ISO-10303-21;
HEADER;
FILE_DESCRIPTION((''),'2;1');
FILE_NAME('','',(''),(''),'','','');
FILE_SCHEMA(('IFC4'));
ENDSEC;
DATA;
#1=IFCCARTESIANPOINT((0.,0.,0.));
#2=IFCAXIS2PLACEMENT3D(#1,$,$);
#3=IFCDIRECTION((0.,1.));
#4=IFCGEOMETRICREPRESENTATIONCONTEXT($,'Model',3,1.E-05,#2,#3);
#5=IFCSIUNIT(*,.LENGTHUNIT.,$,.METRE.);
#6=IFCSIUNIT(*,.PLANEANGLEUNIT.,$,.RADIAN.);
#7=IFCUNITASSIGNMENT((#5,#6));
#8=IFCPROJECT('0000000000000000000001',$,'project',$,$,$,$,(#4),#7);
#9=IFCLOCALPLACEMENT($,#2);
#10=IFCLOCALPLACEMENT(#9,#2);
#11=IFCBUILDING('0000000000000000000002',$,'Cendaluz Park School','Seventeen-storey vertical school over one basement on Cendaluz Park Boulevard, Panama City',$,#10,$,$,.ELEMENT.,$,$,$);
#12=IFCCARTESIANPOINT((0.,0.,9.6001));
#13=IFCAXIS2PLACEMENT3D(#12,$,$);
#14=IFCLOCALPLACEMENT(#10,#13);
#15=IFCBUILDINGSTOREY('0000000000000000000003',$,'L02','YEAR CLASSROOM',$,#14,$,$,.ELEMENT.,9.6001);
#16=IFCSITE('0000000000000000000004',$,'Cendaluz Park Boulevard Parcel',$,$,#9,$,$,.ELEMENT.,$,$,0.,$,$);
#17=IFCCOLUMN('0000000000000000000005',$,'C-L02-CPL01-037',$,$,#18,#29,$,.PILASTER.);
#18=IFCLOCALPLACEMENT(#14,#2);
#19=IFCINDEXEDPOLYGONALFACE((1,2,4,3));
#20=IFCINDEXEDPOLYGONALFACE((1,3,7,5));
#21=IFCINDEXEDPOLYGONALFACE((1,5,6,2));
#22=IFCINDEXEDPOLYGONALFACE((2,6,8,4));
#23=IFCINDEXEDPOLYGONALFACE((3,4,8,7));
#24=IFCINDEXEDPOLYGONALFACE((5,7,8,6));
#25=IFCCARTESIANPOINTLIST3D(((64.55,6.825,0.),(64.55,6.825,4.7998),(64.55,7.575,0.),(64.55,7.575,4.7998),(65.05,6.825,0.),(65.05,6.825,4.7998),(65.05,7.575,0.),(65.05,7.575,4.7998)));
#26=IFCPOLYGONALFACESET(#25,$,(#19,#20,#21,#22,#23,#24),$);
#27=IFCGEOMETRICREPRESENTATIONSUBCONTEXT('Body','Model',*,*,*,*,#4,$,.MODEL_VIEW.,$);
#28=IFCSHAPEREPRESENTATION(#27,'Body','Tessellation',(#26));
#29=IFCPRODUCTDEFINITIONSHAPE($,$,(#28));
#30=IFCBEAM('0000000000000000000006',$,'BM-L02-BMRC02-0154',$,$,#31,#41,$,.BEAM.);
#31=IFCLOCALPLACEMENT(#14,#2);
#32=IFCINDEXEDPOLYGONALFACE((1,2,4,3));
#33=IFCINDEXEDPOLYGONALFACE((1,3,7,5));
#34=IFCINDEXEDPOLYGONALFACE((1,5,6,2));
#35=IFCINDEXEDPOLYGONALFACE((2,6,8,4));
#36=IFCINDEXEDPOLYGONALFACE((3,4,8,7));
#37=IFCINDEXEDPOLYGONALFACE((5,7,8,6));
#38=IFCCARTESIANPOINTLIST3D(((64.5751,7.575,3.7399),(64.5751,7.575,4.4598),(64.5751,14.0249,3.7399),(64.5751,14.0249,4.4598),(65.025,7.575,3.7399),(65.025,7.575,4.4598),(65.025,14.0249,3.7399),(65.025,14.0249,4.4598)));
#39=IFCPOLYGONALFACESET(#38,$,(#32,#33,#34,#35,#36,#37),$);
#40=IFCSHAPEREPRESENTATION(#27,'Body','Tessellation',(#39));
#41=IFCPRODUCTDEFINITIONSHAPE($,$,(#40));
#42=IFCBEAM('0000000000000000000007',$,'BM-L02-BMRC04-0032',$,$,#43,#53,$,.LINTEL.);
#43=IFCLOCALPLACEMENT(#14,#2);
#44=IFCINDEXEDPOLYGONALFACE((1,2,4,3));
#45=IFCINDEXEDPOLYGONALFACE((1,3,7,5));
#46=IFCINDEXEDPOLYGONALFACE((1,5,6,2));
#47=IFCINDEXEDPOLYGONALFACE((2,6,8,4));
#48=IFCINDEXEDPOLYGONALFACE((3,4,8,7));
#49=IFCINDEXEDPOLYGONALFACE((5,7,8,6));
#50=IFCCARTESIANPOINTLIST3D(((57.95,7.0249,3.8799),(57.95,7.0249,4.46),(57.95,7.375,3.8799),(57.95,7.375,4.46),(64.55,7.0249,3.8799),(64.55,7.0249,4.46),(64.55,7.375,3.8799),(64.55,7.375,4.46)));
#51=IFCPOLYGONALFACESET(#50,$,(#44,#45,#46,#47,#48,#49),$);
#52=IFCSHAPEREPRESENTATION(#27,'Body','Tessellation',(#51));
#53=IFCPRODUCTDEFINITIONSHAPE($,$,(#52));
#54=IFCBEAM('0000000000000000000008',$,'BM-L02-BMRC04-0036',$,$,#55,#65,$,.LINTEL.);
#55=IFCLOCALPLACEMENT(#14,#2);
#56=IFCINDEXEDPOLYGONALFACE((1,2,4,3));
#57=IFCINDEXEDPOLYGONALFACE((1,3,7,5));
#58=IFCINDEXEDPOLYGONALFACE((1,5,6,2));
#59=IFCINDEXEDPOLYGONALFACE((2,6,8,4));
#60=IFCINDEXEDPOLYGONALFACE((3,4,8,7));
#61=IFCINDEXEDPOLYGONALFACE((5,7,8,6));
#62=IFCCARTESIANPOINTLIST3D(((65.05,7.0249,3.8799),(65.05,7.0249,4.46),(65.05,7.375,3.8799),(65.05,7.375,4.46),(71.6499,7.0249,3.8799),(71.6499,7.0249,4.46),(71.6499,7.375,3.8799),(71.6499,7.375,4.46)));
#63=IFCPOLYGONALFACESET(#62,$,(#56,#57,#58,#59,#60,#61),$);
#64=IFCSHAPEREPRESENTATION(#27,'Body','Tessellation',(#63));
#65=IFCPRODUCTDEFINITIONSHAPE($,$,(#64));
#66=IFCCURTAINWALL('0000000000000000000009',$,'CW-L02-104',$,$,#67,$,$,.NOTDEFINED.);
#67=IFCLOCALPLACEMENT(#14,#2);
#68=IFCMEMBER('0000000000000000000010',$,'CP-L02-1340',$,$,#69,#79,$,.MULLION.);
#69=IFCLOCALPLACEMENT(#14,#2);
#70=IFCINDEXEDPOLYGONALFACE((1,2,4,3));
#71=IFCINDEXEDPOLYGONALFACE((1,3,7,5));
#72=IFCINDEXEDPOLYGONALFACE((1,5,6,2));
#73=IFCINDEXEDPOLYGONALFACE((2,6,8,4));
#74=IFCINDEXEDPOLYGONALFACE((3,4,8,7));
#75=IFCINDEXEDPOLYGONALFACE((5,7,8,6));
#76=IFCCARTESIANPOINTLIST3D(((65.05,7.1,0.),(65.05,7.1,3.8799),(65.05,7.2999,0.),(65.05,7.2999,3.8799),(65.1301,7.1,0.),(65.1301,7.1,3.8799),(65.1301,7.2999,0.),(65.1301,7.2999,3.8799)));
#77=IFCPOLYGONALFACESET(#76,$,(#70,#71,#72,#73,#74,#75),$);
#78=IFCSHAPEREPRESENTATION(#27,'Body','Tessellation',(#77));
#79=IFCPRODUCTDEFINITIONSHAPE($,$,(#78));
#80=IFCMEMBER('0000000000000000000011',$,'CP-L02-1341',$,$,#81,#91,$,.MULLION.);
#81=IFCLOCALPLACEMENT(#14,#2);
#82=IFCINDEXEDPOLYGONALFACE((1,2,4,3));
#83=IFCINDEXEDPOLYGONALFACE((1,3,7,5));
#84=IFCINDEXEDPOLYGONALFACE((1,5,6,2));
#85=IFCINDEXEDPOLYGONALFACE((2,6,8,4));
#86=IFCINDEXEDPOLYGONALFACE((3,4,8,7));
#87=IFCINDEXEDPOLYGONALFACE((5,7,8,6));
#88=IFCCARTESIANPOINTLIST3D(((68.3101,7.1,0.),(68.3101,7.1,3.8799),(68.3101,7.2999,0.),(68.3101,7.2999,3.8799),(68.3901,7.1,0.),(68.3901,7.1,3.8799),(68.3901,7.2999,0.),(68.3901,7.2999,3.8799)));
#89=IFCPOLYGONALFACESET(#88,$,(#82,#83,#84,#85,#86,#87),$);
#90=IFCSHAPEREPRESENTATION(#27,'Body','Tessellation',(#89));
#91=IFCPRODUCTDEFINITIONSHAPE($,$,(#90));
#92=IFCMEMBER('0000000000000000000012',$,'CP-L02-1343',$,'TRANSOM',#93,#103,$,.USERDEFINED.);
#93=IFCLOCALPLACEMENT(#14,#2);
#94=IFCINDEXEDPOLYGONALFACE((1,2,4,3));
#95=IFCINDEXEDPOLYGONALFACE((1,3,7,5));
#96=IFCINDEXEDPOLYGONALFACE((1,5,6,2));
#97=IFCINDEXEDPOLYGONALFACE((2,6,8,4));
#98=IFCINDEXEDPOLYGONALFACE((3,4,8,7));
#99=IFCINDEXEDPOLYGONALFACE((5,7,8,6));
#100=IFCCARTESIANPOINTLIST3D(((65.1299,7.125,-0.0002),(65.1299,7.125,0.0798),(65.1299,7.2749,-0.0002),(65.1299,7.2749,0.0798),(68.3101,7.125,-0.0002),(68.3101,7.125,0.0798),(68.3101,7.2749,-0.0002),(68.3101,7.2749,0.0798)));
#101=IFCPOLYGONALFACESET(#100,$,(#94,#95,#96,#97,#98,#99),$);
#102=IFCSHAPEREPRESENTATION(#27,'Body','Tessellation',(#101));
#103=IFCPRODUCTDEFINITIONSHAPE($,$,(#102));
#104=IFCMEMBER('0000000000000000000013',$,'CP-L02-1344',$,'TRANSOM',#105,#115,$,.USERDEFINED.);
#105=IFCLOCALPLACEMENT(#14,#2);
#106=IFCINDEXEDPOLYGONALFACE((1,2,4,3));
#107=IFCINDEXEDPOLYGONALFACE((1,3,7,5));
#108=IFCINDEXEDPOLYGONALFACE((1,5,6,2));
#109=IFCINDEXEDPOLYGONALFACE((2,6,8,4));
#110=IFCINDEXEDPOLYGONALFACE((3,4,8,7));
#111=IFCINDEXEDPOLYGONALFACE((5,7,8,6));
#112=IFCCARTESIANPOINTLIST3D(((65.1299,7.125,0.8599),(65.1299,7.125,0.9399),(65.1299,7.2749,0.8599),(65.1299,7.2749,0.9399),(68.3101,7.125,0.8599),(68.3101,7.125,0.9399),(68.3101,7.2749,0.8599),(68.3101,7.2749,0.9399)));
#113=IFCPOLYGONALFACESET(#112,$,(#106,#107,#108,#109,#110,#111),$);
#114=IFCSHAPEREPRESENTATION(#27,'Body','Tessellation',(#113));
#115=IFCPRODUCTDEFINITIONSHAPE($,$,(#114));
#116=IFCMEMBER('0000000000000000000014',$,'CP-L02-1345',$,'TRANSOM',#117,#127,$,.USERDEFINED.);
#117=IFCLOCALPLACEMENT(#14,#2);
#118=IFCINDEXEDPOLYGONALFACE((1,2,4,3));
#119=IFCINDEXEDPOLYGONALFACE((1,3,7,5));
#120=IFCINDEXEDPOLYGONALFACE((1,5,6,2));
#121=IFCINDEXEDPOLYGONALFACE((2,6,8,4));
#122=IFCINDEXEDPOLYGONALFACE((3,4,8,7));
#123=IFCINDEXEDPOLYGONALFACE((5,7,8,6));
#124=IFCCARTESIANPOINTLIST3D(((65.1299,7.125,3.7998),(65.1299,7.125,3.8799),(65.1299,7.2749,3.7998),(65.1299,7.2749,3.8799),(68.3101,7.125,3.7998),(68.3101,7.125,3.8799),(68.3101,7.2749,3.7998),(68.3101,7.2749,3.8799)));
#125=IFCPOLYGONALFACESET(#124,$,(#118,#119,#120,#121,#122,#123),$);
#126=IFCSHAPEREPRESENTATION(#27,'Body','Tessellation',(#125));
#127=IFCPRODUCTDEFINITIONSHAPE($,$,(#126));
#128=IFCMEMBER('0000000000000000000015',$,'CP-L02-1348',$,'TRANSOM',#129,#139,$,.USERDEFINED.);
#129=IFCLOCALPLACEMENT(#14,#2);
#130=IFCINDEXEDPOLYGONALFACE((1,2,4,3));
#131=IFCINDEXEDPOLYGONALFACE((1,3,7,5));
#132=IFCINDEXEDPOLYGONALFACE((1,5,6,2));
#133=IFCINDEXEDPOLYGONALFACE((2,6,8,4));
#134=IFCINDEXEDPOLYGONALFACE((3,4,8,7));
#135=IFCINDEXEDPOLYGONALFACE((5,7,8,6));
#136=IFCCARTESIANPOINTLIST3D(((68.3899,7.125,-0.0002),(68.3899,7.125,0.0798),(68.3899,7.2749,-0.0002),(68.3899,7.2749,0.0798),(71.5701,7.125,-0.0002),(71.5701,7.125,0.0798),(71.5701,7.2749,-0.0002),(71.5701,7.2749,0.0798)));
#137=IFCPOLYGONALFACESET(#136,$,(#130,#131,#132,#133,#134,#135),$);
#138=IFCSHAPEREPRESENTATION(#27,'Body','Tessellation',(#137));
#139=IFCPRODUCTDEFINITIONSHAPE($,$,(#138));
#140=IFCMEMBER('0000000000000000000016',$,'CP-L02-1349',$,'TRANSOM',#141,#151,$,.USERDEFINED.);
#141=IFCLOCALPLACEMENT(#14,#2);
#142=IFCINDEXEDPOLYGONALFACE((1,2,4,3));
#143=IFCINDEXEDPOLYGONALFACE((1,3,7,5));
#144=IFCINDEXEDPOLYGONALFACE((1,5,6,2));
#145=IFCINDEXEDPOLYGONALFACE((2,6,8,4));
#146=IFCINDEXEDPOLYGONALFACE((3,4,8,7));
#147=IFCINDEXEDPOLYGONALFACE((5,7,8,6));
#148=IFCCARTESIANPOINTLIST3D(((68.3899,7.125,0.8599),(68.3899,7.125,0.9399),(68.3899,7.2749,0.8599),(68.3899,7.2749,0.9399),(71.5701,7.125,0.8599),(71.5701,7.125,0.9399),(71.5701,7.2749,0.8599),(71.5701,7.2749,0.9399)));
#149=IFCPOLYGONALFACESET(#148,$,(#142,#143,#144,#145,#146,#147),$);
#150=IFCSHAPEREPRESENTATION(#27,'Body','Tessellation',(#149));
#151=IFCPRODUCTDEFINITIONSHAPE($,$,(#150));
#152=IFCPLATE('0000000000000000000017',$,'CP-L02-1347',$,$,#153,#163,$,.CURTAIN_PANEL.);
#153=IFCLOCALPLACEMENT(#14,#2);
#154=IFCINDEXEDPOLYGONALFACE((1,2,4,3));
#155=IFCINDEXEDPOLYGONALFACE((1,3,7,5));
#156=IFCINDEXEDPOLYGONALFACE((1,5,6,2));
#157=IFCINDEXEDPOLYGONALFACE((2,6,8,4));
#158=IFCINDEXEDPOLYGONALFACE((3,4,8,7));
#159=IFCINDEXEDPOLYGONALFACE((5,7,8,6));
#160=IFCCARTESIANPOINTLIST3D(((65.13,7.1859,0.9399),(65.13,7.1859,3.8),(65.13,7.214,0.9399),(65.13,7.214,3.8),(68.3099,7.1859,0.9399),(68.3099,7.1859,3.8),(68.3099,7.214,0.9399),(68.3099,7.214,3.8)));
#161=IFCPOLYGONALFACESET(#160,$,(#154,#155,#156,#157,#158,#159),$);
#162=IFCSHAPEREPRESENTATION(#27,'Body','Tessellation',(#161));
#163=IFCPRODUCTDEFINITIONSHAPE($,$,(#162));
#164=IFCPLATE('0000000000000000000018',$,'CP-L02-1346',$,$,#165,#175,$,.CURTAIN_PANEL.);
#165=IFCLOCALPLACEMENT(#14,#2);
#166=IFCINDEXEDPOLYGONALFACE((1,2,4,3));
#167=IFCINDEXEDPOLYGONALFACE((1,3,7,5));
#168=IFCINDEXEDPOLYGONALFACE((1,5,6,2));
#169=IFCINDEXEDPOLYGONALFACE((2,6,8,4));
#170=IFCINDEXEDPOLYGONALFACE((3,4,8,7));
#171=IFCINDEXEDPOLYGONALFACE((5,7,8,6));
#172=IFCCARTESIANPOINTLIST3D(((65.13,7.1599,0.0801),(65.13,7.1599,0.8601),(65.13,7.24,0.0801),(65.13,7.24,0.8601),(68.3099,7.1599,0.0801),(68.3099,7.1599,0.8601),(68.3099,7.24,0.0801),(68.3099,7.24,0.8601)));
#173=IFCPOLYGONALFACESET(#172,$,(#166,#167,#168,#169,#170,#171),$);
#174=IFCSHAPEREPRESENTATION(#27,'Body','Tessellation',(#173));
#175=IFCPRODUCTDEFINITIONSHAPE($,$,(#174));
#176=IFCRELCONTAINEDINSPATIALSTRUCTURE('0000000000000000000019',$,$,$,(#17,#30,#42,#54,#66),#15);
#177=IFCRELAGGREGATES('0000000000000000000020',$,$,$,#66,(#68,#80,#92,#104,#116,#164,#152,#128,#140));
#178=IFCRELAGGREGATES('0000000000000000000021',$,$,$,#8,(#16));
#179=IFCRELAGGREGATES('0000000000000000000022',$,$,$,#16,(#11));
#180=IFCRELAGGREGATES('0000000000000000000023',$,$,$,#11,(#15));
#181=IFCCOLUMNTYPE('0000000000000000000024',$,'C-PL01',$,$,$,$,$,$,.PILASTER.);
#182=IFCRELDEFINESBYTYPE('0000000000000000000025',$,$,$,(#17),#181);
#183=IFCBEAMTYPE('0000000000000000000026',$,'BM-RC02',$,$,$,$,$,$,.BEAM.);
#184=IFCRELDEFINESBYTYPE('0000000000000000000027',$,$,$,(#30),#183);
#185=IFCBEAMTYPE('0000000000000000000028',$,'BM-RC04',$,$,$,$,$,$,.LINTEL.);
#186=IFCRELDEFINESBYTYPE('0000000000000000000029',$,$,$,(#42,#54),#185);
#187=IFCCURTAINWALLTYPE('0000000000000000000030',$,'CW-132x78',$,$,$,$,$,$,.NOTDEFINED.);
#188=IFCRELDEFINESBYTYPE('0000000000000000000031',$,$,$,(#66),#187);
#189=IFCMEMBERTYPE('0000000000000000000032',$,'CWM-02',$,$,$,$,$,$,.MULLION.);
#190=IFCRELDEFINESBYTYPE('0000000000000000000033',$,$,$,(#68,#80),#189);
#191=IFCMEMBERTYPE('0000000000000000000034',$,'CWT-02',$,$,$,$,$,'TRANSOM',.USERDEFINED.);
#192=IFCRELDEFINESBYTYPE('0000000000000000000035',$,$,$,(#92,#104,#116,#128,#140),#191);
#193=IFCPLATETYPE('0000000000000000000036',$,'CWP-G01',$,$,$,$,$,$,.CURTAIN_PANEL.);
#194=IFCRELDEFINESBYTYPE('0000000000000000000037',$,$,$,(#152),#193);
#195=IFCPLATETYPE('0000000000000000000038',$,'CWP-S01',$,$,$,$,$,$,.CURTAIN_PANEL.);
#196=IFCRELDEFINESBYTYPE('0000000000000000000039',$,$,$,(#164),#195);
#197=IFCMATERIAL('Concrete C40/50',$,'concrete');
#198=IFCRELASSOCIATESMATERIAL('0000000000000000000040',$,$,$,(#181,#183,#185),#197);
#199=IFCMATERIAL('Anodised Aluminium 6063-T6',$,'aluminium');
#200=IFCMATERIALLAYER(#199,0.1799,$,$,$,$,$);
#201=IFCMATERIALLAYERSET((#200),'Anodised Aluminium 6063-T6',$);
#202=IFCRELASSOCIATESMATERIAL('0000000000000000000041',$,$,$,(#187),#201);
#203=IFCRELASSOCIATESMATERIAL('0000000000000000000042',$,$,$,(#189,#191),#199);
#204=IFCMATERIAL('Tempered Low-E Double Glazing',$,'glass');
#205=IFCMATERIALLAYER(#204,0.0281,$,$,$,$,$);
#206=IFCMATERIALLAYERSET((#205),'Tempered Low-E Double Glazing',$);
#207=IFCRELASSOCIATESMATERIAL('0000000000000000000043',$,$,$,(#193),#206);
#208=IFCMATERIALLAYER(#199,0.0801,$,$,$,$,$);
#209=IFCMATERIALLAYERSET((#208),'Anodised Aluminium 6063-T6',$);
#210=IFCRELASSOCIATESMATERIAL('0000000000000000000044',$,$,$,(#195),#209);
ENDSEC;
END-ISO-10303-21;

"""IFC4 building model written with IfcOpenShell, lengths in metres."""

from ifc_helpers import new_model, si_unit, direction, frame, origin, origin_2d, place, context, subcontext, project, spatial, rectangle, extrude, material, layer, layer_set, material_profile, profile_set, type_object, element, aggregate, save


model = new_model("IFC4")

# Units and contexts
model_context = context("Model", 3, precision=1e-05, world=origin(), true_north=direction((0.0, 1.0)))
body_context = subcontext(model_context, "Body", "Model", "MODEL_VIEW")
ifc_project = project(units=[si_unit("LENGTHUNIT", "METRE"), si_unit("PLANEANGLEUNIT", "RADIAN")], contexts=[model_context])

# Site, building, storey
site_placement = place(None, origin())
site = spatial("IfcSite", under=ifc_project, at=site_placement, Name="Cendaluz Park Boulevard Parcel", CompositionType="ELEMENT", RefElevation=0.0)
building_placement = place(site_placement, origin())
building = spatial("IfcBuilding", under=site, at=building_placement, Name="Cendaluz Park School", Description="Seventeen-storey vertical school over one basement on Cendaluz Park Boulevard, Panama City", CompositionType="ELEMENT")
storey_placement = place(building_placement, frame((0.0, 0.0, 9.6001)))
storey = spatial("IfcBuildingStorey", under=building, at=storey_placement, Name="L02", Description="YEAR CLASSROOM", CompositionType="ELEMENT", Elevation=9.6001)

# Column
ifc_material_1 = material(Name="Concrete C40/50", Category="concrete")
ifc_material_profile_1 = material_profile(ifc_material_1, rectangle(XDim=0.5, YDim=0.75, at=origin_2d()), Name="RC 500x750", Category="concrete")
ifc_profile_set_1 = profile_set([ifc_material_profile_1], Name="Concrete C40/50")
column_type = type_object("IfcColumnType", Name="C-PL01", PredefinedType="PILASTER", material=ifc_profile_set_1)
column_placement = place(storey_placement, frame((64.8, 7.2, 0.0), z_axis=(0.0, 0.0, 1.0), x_axis=(1.0, 0.0, 0.0)))
element("IfcColumn", 1, at=column_placement, inside=storey, type_object=column_type, Name="C-L02-CPL01-037", PredefinedType="PILASTER", context=body_context, shape_type="SweptSolid", body=[
    extrude(rectangle(XDim=0.5, YDim=0.75, at=origin_2d()), origin(), (0.0, 0.0, 1.0), 4.7998),
])

# Beams
ifc_material_profile_2 = material_profile(ifc_material_1, rectangle(XDim=0.45, YDim=0.72, at=origin_2d()), Name="RC 450x720", Category="concrete")
ifc_profile_set_2 = profile_set([ifc_material_profile_2], Name="Concrete C40/50")
beam_type_1 = type_object("IfcBeamType", Name="BM-RC02", PredefinedType="BEAM", material=ifc_profile_set_2)
beam_1_placement = place(storey_placement, frame((64.8, 7.575, 4.0999), z_axis=(0.0, 1.0, 0.0), x_axis=(-1.0, 0.0, 0.0)))
element("IfcBeam", 2, at=beam_1_placement, inside=storey, type_object=beam_type_1, Name="BM-L02-BMRC02-0154", PredefinedType="BEAM", context=body_context, shape_type="SweptSolid", body=[
    extrude(rectangle(XDim=0.45, YDim=0.72, at=origin_2d()), origin(), (0.0, 0.0, 1.0), 6.45),
])
ifc_material_profile_3 = material_profile(ifc_material_1, rectangle(XDim=0.3501, YDim=0.5801, at=origin_2d()), Name="RC 350x580", Category="concrete")
ifc_profile_set_3 = profile_set([ifc_material_profile_3], Name="Concrete C40/50")
beam_type_2 = type_object("IfcBeamType", Name="BM-RC04", PredefinedType="LINTEL", material=ifc_profile_set_3)
beam_2_placement = place(storey_placement, frame((57.95, 7.2, 4.1699), z_axis=(1.0, 0.0, 0.0), x_axis=(0.0, 1.0, 0.0)))
element("IfcBeam", 3, at=beam_2_placement, inside=storey, type_object=beam_type_2, Name="BM-L02-BMRC04-0032", PredefinedType="LINTEL", context=body_context, shape_type="SweptSolid", body=[
    extrude(rectangle(XDim=0.3501, YDim=0.5801, at=origin_2d()), origin(), (0.0, 0.0, 1.0), 6.6001),
])
beam_3_placement = place(storey_placement, frame((65.05, 7.2, 4.1699), z_axis=(1.0, 0.0, 0.0), x_axis=(0.0, 1.0, 0.0)))
element("IfcBeam", 4, at=beam_3_placement, inside=storey, type_object=beam_type_2, Name="BM-L02-BMRC04-0036", PredefinedType="LINTEL", context=body_context, shape_type="SweptSolid", body=[
    extrude(rectangle(XDim=0.3501, YDim=0.5801, at=origin_2d()), origin(), (0.0, 0.0, 1.0), 6.5999),
])

# Curtain wall, members, plates
ifc_material_2 = material(Name="Anodised Aluminium 6063-T6", Category="aluminium")
ifc_layer_1 = layer(ifc_material_2, 0.1799)
ifc_layer_set_1 = layer_set([ifc_layer_1], Name="Anodised Aluminium 6063-T6")
curtain_wall_type = type_object("IfcCurtainWallType", Name="CW-132x78", PredefinedType="NOTDEFINED", material=ifc_layer_set_1)
curtain_wall_placement = place(storey_placement, origin())
curtain_wall = element("IfcCurtainWall", 5, at=curtain_wall_placement, inside=storey, type_object=curtain_wall_type, Name="CW-L02-104", PredefinedType="NOTDEFINED")
ifc_material_profile_4 = material_profile(ifc_material_2, rectangle(XDim=0.2, YDim=0.0801, at=origin_2d()), Name="CWM 200x80", Category="aluminium")
ifc_profile_set_4 = profile_set([ifc_material_profile_4], Name="Anodised Aluminium 6063-T6")
member_type_1 = type_object("IfcMemberType", Name="CWM-02", PredefinedType="MULLION", material=ifc_profile_set_4)
member_1_placement = place(storey_placement, frame((65.0901, 7.2, 0.0), z_axis=(0.0, 0.0, 1.0), x_axis=(0.0, 1.0, 0.0)))
member_1 = element("IfcMember", 6, at=member_1_placement, type_object=member_type_1, Name="CP-L02-1340", PredefinedType="MULLION", context=body_context, shape_type="SweptSolid", body=[
    extrude(rectangle(XDim=0.2, YDim=0.0801, at=origin_2d()), origin(), (0.0, 0.0, 1.0), 3.8799),
])
member_2_placement = place(storey_placement, frame((68.3501, 7.2, 0.0), z_axis=(0.0, 0.0, 1.0), x_axis=(0.0, 1.0, 0.0)))
member_2 = element("IfcMember", 7, at=member_2_placement, type_object=member_type_1, Name="CP-L02-1341", PredefinedType="MULLION", context=body_context, shape_type="SweptSolid", body=[
    extrude(rectangle(XDim=0.2, YDim=0.0801, at=origin_2d()), origin(), (0.0, 0.0, 1.0), 3.8799),
])
ifc_material_profile_5 = material_profile(ifc_material_2, rectangle(XDim=0.1499, YDim=0.0801, at=origin_2d()), Name="CWT 150x80", Category="aluminium")
ifc_profile_set_5 = profile_set([ifc_material_profile_5], Name="Anodised Aluminium 6063-T6")
member_type_2 = type_object("IfcMemberType", Name="CWT-02", ElementType="TRANSOM", PredefinedType="USERDEFINED", material=ifc_profile_set_5)
member_3_placement = place(storey_placement, frame((65.1299, 7.2, 0.0398), z_axis=(1.0, 0.0, 0.0), x_axis=(0.0, 1.0, 0.0)))
member_3 = element("IfcMember", 8, at=member_3_placement, type_object=member_type_2, Name="CP-L02-1343", ObjectType="TRANSOM", PredefinedType="USERDEFINED", context=body_context, shape_type="SweptSolid", body=[
    extrude(rectangle(XDim=0.1499, YDim=0.0801, at=origin_2d()), origin(), (0.0, 0.0, 1.0), 3.1802),
])
member_4_placement = place(storey_placement, frame((65.1299, 7.2, 0.8999), z_axis=(1.0, 0.0, 0.0), x_axis=(0.0, 1.0, 0.0)))
member_4 = element("IfcMember", 9, at=member_4_placement, type_object=member_type_2, Name="CP-L02-1344", ObjectType="TRANSOM", PredefinedType="USERDEFINED", context=body_context, shape_type="SweptSolid", body=[
    extrude(rectangle(XDim=0.1499, YDim=0.0801, at=origin_2d()), origin(), (0.0, 0.0, 1.0), 3.1802),
])
member_5_placement = place(storey_placement, frame((65.1299, 7.2, 3.8398), z_axis=(1.0, 0.0, 0.0), x_axis=(0.0, 1.0, 0.0)))
member_5 = element("IfcMember", 10, at=member_5_placement, type_object=member_type_2, Name="CP-L02-1345", ObjectType="TRANSOM", PredefinedType="USERDEFINED", context=body_context, shape_type="SweptSolid", body=[
    extrude(rectangle(XDim=0.1499, YDim=0.0801, at=origin_2d()), origin(), (0.0, 0.0, 1.0), 3.1802),
])
member_6_placement = place(storey_placement, frame((68.3899, 7.2, 0.0398), z_axis=(1.0, 0.0, 0.0), x_axis=(0.0, 1.0, 0.0)))
member_6 = element("IfcMember", 11, at=member_6_placement, type_object=member_type_2, Name="CP-L02-1348", ObjectType="TRANSOM", PredefinedType="USERDEFINED", context=body_context, shape_type="SweptSolid", body=[
    extrude(rectangle(XDim=0.1499, YDim=0.0801, at=origin_2d()), origin(), (0.0, 0.0, 1.0), 3.1802),
])
member_7_placement = place(storey_placement, frame((68.3899, 7.2, 0.8999), z_axis=(1.0, 0.0, 0.0), x_axis=(0.0, 1.0, 0.0)))
member_7 = element("IfcMember", 12, at=member_7_placement, type_object=member_type_2, Name="CP-L02-1349", ObjectType="TRANSOM", PredefinedType="USERDEFINED", context=body_context, shape_type="SweptSolid", body=[
    extrude(rectangle(XDim=0.1499, YDim=0.0801, at=origin_2d()), origin(), (0.0, 0.0, 1.0), 3.1802),
])
ifc_material_3 = material(Name="Tempered Low-E Double Glazing", Category="glass")
ifc_layer_2 = layer(ifc_material_3, 0.0281)
ifc_layer_set_2 = layer_set([ifc_layer_2], Name="Tempered Low-E Double Glazing")
plate_type_1 = type_object("IfcPlateType", Name="CWP-G01", PredefinedType="CURTAIN_PANEL", material=ifc_layer_set_2)
plate_1_placement = place(storey_placement, frame((66.72, 7.2, 0.9399), z_axis=(0.0, 0.0, 1.0), x_axis=(1.0, 0.0, 0.0)))
plate_1 = element("IfcPlate", 13, at=plate_1_placement, type_object=plate_type_1, Name="CP-L02-1347", PredefinedType="CURTAIN_PANEL", context=body_context, shape_type="SweptSolid", body=[
    extrude(rectangle(XDim=3.1799, YDim=0.0281, at=origin_2d()), origin(), (0.0, 0.0, 1.0), 2.8601),
])
ifc_layer_3 = layer(ifc_material_2, 0.0801)
ifc_layer_set_3 = layer_set([ifc_layer_3], Name="Anodised Aluminium 6063-T6")
plate_type_2 = type_object("IfcPlateType", Name="CWP-S01", PredefinedType="CURTAIN_PANEL", material=ifc_layer_set_3)
plate_2_placement = place(storey_placement, frame((66.72, 7.2, 0.0801), z_axis=(0.0, 0.0, 1.0), x_axis=(1.0, 0.0, 0.0)))
plate_2 = element("IfcPlate", 14, at=plate_2_placement, type_object=plate_type_2, Name="CP-L02-1346", PredefinedType="CURTAIN_PANEL", context=body_context, shape_type="SweptSolid", body=[
    extrude(rectangle(XDim=3.1799, YDim=0.0801, at=origin_2d()), origin(), (0.0, 0.0, 1.0), 0.78),
])
aggregate(curtain_wall, [member_1, member_2, member_3, member_4, member_5, plate_2, plate_1, member_6, member_7])

save(model, "model.ifc")
